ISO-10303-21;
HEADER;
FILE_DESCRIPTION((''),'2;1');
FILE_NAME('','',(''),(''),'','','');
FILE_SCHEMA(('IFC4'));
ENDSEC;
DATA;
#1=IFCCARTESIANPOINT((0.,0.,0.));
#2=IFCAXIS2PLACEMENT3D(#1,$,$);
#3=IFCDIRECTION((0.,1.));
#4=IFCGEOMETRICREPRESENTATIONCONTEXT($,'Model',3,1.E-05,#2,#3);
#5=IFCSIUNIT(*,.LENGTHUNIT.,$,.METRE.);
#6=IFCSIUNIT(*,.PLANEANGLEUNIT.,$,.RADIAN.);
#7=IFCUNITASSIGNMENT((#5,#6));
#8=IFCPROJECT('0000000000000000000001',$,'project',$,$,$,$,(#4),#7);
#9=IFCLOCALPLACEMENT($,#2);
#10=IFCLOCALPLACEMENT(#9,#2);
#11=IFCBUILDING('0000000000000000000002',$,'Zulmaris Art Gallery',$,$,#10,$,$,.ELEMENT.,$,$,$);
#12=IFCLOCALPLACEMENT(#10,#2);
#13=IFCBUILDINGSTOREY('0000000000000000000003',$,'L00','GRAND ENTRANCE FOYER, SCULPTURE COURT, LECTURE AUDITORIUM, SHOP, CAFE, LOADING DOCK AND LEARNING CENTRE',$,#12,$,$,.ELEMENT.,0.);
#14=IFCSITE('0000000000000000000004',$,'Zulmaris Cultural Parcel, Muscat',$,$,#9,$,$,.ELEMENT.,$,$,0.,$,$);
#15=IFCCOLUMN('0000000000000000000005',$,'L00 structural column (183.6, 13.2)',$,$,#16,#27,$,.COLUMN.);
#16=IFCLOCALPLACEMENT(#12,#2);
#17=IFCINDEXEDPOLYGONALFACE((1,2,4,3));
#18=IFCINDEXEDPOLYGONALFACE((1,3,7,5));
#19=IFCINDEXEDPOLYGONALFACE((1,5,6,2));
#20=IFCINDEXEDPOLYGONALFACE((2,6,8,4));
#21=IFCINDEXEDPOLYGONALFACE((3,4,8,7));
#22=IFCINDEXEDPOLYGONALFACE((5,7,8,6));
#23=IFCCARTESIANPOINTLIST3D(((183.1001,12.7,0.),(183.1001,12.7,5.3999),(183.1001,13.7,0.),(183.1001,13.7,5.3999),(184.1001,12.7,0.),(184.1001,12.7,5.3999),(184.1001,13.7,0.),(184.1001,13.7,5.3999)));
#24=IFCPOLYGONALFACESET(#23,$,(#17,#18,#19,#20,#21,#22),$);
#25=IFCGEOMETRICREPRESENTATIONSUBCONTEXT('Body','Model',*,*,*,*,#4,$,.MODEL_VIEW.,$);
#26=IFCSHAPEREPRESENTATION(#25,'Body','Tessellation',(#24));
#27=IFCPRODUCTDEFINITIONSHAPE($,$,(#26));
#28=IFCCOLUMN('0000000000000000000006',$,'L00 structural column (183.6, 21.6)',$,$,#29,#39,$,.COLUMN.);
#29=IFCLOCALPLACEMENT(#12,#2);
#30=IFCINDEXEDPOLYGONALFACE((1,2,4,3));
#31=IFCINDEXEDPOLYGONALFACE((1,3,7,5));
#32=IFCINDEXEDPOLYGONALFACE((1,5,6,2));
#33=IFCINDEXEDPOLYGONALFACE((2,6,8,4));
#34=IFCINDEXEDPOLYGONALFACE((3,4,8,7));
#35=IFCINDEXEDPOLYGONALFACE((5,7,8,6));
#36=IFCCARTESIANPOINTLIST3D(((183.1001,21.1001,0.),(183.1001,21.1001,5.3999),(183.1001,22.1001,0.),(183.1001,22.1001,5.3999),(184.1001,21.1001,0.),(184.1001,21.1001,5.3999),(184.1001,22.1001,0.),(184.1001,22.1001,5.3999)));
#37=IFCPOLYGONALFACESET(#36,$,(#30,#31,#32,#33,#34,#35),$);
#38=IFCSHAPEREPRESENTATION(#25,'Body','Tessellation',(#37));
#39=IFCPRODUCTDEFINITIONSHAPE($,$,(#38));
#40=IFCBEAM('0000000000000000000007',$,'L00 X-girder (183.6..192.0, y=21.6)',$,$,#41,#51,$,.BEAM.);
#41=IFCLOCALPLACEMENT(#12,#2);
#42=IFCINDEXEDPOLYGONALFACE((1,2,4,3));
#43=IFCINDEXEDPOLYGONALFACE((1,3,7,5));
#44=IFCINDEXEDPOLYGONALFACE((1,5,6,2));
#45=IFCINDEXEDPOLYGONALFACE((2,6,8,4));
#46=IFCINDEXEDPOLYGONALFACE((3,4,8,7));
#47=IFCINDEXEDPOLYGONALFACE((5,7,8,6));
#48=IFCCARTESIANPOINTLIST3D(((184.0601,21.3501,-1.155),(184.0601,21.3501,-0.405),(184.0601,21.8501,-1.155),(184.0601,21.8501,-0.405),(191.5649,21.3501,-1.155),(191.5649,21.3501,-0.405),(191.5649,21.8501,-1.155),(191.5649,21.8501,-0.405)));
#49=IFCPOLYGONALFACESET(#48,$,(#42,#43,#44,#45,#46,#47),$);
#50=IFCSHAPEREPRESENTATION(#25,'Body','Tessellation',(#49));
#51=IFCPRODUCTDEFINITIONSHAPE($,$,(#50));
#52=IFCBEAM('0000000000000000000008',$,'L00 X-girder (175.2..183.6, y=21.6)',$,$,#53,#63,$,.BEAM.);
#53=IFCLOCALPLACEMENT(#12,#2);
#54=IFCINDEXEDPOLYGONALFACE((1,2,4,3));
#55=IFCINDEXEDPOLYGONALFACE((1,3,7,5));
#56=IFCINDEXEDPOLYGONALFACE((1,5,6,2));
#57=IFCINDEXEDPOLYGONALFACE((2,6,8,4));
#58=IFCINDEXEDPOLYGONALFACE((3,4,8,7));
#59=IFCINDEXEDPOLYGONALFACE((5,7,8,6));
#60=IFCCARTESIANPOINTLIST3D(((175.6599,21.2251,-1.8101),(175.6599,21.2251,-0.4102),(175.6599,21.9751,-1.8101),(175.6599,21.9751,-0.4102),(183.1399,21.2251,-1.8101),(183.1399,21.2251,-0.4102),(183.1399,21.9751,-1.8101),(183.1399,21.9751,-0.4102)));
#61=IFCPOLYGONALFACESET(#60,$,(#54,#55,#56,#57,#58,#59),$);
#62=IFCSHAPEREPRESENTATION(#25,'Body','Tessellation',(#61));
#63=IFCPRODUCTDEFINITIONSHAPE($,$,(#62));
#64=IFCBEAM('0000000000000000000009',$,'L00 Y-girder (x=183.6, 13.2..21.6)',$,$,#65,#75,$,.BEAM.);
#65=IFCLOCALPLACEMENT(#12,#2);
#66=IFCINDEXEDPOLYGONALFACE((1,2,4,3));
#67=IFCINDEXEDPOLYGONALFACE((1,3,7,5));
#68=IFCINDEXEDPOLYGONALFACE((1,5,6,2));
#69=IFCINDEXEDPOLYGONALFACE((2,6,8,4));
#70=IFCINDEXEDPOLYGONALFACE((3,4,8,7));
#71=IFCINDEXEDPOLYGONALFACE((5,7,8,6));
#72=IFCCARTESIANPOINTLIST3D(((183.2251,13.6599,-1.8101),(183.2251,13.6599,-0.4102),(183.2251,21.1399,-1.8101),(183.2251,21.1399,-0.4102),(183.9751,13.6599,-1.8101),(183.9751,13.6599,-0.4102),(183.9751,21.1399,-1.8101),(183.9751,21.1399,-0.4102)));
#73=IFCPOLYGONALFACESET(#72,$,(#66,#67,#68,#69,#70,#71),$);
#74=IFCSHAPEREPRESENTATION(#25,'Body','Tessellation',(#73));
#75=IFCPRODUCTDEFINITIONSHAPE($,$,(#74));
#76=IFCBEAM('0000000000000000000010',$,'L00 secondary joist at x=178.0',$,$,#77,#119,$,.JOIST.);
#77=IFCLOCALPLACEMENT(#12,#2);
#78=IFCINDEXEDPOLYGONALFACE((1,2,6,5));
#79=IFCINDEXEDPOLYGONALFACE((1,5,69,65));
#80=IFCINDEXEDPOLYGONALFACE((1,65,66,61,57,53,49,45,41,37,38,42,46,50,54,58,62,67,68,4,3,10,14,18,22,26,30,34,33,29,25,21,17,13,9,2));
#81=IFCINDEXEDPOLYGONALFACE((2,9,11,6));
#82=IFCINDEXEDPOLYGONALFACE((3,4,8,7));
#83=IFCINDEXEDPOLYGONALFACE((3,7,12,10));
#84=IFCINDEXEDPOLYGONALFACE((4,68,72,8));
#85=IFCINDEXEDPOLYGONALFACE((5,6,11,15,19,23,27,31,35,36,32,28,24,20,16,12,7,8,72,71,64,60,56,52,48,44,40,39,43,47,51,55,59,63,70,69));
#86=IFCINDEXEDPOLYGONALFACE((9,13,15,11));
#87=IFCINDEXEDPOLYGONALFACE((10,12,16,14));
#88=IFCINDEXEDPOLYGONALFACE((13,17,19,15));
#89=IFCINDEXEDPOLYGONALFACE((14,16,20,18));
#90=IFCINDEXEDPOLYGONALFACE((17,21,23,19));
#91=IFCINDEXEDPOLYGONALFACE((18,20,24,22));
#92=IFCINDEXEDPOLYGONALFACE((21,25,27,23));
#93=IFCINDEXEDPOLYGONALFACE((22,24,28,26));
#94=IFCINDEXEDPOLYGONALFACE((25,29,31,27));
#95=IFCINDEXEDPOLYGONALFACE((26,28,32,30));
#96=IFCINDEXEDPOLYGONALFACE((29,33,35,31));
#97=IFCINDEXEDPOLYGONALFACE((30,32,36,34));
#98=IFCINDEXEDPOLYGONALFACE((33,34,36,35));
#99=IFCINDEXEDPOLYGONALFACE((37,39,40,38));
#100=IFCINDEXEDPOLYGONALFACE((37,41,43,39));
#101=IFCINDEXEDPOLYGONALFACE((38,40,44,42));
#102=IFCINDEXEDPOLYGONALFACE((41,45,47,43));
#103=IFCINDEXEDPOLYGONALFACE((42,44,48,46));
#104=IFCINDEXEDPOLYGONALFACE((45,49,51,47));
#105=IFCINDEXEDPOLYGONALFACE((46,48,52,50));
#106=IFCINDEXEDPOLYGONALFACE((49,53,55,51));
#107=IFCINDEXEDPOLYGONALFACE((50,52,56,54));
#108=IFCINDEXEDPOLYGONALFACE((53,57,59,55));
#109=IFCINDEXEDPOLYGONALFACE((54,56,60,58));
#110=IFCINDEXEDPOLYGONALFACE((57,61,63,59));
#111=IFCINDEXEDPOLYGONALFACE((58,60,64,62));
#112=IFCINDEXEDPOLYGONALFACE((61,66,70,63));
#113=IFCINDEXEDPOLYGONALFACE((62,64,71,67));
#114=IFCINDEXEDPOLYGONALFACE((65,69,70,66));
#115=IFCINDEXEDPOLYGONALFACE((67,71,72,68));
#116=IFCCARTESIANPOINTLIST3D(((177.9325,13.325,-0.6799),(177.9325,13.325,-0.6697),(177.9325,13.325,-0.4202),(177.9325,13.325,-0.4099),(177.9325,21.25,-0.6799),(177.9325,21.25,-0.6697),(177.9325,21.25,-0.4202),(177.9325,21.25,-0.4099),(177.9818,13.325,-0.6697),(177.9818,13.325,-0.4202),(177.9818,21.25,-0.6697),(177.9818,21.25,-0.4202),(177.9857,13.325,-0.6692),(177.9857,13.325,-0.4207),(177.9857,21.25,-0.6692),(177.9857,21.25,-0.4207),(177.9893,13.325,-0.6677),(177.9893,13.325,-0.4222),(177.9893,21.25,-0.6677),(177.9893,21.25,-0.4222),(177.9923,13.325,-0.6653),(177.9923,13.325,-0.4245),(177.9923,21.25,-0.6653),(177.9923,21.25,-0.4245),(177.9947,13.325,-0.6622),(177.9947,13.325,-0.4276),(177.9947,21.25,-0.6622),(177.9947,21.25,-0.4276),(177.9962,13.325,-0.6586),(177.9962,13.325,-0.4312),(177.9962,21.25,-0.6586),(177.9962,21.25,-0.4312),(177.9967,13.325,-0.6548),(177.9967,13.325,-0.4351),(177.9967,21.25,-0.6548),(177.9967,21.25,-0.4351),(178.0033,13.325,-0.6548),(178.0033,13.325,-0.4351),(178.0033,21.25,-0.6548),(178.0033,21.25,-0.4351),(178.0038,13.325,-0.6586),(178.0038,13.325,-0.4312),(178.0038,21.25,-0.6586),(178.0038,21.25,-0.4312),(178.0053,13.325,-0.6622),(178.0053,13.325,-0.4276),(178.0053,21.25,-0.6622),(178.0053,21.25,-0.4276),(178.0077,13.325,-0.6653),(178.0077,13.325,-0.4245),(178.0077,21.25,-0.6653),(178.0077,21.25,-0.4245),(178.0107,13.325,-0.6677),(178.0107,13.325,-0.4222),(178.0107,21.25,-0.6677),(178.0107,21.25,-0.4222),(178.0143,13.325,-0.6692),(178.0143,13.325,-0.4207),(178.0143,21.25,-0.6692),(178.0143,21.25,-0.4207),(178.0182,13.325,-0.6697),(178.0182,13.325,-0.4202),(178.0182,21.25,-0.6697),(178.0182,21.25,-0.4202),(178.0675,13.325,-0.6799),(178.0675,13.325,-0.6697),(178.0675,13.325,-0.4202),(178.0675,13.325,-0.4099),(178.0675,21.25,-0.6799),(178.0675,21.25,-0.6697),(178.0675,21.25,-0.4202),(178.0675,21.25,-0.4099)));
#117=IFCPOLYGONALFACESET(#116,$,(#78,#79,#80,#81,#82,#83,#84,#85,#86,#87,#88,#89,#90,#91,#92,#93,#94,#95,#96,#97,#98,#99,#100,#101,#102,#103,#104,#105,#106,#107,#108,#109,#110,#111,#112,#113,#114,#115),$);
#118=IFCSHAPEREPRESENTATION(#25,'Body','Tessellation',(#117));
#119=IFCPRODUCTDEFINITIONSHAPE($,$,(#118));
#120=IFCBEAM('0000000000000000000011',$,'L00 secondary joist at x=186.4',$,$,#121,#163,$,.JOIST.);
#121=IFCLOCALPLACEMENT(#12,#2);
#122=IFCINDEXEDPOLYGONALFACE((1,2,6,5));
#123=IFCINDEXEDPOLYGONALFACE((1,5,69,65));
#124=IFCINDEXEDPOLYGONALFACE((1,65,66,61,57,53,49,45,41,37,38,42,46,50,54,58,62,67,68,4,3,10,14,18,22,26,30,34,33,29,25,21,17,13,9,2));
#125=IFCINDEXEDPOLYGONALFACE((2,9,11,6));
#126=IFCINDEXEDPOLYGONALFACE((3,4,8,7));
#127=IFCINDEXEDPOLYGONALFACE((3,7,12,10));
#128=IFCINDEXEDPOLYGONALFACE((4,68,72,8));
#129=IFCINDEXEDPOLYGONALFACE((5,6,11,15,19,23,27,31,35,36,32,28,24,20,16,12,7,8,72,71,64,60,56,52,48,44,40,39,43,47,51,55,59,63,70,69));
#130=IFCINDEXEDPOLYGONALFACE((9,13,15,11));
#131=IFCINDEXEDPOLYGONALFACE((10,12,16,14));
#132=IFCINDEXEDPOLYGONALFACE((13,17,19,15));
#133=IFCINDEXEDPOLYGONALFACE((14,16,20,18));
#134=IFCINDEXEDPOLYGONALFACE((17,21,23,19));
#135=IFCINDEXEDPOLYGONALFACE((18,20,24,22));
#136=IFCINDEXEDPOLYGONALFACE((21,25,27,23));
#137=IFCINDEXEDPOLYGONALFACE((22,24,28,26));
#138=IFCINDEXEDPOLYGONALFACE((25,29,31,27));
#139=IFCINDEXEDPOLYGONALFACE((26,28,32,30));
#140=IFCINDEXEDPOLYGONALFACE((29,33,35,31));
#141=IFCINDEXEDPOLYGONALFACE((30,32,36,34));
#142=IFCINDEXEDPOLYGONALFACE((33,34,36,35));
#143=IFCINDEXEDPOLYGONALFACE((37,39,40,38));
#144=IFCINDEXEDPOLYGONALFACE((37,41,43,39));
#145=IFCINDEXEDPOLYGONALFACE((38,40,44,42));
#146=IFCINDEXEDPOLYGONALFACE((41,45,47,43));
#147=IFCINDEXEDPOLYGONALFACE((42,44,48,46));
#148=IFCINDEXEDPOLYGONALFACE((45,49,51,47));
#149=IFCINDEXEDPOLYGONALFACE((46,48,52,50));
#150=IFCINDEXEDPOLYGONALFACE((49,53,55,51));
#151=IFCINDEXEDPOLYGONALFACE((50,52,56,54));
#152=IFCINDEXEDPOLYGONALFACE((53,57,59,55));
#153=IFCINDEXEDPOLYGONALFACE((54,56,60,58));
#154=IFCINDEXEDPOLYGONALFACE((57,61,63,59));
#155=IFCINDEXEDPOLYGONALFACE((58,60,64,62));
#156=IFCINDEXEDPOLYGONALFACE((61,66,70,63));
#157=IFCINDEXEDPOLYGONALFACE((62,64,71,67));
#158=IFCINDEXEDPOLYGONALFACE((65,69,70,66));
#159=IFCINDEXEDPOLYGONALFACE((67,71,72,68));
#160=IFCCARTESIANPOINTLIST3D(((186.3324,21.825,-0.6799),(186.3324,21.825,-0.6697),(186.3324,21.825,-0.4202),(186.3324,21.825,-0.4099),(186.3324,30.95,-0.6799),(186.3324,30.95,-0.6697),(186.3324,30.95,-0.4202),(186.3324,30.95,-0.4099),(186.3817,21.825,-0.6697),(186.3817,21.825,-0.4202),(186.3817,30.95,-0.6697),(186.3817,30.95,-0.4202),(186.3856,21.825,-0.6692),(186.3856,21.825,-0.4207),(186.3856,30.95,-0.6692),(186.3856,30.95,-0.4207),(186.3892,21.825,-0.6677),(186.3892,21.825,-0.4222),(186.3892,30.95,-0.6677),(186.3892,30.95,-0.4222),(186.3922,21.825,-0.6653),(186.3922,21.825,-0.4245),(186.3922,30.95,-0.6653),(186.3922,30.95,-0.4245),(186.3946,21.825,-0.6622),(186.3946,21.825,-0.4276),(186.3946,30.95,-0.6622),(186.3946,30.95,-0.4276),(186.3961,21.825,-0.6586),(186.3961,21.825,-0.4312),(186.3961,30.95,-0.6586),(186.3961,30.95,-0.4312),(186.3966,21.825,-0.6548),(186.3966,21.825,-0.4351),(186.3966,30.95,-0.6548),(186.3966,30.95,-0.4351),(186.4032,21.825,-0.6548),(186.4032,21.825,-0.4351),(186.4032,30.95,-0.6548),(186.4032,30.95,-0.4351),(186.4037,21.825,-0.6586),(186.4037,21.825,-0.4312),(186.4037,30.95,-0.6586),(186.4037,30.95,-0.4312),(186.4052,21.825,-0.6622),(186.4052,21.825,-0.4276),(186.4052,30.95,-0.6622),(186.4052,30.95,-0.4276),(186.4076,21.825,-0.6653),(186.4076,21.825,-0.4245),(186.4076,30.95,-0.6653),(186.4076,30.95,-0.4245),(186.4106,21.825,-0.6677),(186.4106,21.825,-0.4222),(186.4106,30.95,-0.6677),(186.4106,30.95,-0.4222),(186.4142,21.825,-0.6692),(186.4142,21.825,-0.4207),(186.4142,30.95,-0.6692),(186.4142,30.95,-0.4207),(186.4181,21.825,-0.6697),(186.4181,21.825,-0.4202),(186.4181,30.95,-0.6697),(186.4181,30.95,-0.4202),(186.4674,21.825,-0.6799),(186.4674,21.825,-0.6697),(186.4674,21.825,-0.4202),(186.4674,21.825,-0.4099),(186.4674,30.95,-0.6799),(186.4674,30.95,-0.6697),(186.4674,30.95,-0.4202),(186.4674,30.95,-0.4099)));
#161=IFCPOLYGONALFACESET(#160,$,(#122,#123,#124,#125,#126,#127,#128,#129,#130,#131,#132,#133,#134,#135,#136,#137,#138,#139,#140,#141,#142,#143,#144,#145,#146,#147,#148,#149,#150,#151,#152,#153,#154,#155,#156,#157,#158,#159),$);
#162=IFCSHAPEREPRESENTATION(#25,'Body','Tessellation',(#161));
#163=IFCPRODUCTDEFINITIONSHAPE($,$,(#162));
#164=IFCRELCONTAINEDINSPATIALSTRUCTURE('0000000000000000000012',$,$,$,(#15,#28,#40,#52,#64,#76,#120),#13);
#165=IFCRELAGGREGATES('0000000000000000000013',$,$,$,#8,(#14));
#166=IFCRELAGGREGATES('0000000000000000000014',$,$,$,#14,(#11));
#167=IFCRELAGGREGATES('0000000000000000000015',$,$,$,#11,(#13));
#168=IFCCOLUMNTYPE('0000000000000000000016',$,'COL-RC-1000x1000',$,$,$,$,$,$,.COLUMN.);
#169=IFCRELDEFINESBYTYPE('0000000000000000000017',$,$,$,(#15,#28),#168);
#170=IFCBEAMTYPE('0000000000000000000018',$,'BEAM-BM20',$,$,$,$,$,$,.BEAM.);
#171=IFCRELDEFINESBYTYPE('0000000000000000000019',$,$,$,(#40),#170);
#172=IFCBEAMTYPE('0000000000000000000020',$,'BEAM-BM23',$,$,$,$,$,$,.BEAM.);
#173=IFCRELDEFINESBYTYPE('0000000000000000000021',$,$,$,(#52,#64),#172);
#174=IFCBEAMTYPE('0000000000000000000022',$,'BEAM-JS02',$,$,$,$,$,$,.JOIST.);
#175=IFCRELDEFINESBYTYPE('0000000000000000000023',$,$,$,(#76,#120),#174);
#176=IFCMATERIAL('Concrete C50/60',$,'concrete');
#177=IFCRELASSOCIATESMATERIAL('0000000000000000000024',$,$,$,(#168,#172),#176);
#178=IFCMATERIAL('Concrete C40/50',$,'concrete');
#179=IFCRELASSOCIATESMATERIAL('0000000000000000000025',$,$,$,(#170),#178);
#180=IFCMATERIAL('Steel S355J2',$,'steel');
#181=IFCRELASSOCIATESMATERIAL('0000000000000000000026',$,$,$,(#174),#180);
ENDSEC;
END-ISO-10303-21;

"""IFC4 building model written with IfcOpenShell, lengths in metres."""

from ifc_helpers import new_model, si_unit, direction, frame, origin, origin_2d, place, context, subcontext, project, spatial, rectangle, i_section, extrude, material, material_profile, profile_set, type_object, element, save


model = new_model("IFC4")

# Units and contexts
model_context = context("Model", 3, precision=1e-05, world=origin(), true_north=direction((0.0, 1.0)))
body_context = subcontext(model_context, "Body", "Model", "MODEL_VIEW")
ifc_project = project(units=[si_unit("LENGTHUNIT", "METRE"), si_unit("PLANEANGLEUNIT", "RADIAN")], contexts=[model_context])

# Site, building, storey
site_placement = place(None, origin())
site = spatial("IfcSite", under=ifc_project, at=site_placement, Name="Zulmaris Cultural Parcel, Muscat", CompositionType="ELEMENT", RefElevation=0.0)
building_placement = place(site_placement, origin())
building = spatial("IfcBuilding", under=site, at=building_placement, Name="Zulmaris Art Gallery", CompositionType="ELEMENT")
storey_placement = place(building_placement, origin())
storey = spatial("IfcBuildingStorey", under=building, at=storey_placement, Name="L00", Description="GRAND ENTRANCE FOYER, SCULPTURE COURT, LECTURE AUDITORIUM, SHOP, CAFE, LOADING DOCK AND LEARNING CENTRE", CompositionType="ELEMENT", Elevation=0.0)

# Columns
ifc_material_1 = material(Name="Concrete C50/60", Category="concrete")
ifc_material_profile_1 = material_profile(ifc_material_1, rectangle(XDim=1.0, YDim=1.0, at=origin_2d()), Name="RC 1000x1000")
ifc_profile_set_1 = profile_set([ifc_material_profile_1], Name="Concrete C50/60")
column_type = type_object("IfcColumnType", Name="COL-RC-1000x1000", PredefinedType="COLUMN", material=ifc_profile_set_1)
for number, where, z_axis, x_axis, name in (
    (1, (183.6001, 13.2, 0.0), (0.0, 0.0, 1.0), (1.0, 0.0, 0.0), "L00 structural column (183.6, 13.2)"),
    (2, (183.6001, 21.6001, 0.0), (0.0, 0.0, 1.0), (1.0, 0.0, 0.0), "L00 structural column (183.6, 21.6)"),
):
    element("IfcColumn", number, at=place(storey_placement, frame(where, z_axis=z_axis, x_axis=x_axis)), inside=storey, type_object=column_type, Name=name, PredefinedType="COLUMN", context=body_context, shape_type="SweptSolid", body=[
        extrude(rectangle(XDim=1.0, YDim=1.0, at=origin_2d()), origin(), (0.0, 0.0, 1.0), 5.3999),
    ])

# Beams
ifc_material_2 = material(Name="Concrete C40/50", Category="concrete")
ifc_material_profile_2 = material_profile(ifc_material_2, rectangle(XDim=0.5, YDim=0.75, at=origin_2d()), Name="RC 500x750")
ifc_profile_set_2 = profile_set([ifc_material_profile_2], Name="Concrete C40/50")
beam_type_1 = type_object("IfcBeamType", Name="BEAM-BM20", PredefinedType="BEAM", material=ifc_profile_set_2)
beam_1_placement = place(storey_placement, frame((184.0601, 21.6001, -0.78), z_axis=(1.0, 0.0, 0.0), x_axis=(0.0, 1.0, 0.0)))
element("IfcBeam", 3, at=beam_1_placement, inside=storey, type_object=beam_type_1, Name="L00 X-girder (183.6..192.0, y=21.6)", PredefinedType="BEAM", context=body_context, shape_type="SweptSolid", body=[
    extrude(rectangle(XDim=0.5, YDim=0.75, at=origin_2d()), origin(), (0.0, 0.0, 1.0), 7.5049),
])
ifc_material_profile_3 = material_profile(ifc_material_1, rectangle(XDim=0.75, YDim=1.3999, at=origin_2d()), Name="RC 750x1400")
ifc_profile_set_3 = profile_set([ifc_material_profile_3], Name="Concrete C50/60")
beam_type_2 = type_object("IfcBeamType", Name="BEAM-BM23", PredefinedType="BEAM", material=ifc_profile_set_3)
for number, where, z_axis, x_axis, name in (
    (4, (175.6599, 21.6001, -1.1101), (1.0, 0.0, 0.0), (0.0, 1.0, 0.0), "L00 X-girder (175.2..183.6, y=21.6)"),
    (5, (183.6001, 13.6599, -1.1101), (0.0, 1.0, 0.0), (-1.0, 0.0, 0.0), "L00 Y-girder (x=183.6, 13.2..21.6)"),
):
    element("IfcBeam", number, at=place(storey_placement, frame(where, z_axis=z_axis, x_axis=x_axis)), inside=storey, type_object=beam_type_2, Name=name, PredefinedType="BEAM", context=body_context, shape_type="SweptSolid", body=[
        extrude(rectangle(XDim=0.75, YDim=1.3999, at=origin_2d()), origin(), (0.0, 0.0, 1.0), 7.48),
    ])
ifc_material_3 = material(Name="Steel S355J2", Category="steel")
ifc_material_profile_4 = material_profile(ifc_material_3, i_section(OverallWidth=0.135, OverallDepth=0.27, WebThickness=0.0066, FlangeThickness=0.0103, FilletRadius=0.0149, at=origin_2d()), Name="IPE 270")
ifc_profile_set_4 = profile_set([ifc_material_profile_4], Name="Steel S355J2")
beam_type_3 = type_object("IfcBeamType", Name="BEAM-JS02", PredefinedType="JOIST", material=ifc_profile_set_4)
beam_2_placement = place(storey_placement, frame((178.0, 13.325, -0.5449), z_axis=(0.0, 1.0, 0.0), x_axis=(-1.0, 0.0, 0.0)))
element("IfcBeam", 6, at=beam_2_placement, inside=storey, type_object=beam_type_3, Name="L00 secondary joist at x=178.0", PredefinedType="JOIST", context=body_context, shape_type="SweptSolid", body=[
    extrude(i_section(OverallWidth=0.135, OverallDepth=0.27, WebThickness=0.0066, FlangeThickness=0.0103, FilletRadius=0.0149, at=origin_2d()), origin(), (0.0, 0.0, 1.0), 7.925),
])
beam_3_placement = place(storey_placement, frame((186.3999, 21.825, -0.5449), z_axis=(0.0, 1.0, 0.0), x_axis=(-1.0, 0.0, 0.0)))
element("IfcBeam", 7, at=beam_3_placement, inside=storey, type_object=beam_type_3, Name="L00 secondary joist at x=186.4", PredefinedType="JOIST", context=body_context, shape_type="SweptSolid", body=[
    extrude(i_section(OverallWidth=0.135, OverallDepth=0.27, WebThickness=0.0066, FlangeThickness=0.0103, FilletRadius=0.0149, at=origin_2d()), origin(), (0.0, 0.0, 1.0), 9.125),
])

save(model, "model.ifc")
